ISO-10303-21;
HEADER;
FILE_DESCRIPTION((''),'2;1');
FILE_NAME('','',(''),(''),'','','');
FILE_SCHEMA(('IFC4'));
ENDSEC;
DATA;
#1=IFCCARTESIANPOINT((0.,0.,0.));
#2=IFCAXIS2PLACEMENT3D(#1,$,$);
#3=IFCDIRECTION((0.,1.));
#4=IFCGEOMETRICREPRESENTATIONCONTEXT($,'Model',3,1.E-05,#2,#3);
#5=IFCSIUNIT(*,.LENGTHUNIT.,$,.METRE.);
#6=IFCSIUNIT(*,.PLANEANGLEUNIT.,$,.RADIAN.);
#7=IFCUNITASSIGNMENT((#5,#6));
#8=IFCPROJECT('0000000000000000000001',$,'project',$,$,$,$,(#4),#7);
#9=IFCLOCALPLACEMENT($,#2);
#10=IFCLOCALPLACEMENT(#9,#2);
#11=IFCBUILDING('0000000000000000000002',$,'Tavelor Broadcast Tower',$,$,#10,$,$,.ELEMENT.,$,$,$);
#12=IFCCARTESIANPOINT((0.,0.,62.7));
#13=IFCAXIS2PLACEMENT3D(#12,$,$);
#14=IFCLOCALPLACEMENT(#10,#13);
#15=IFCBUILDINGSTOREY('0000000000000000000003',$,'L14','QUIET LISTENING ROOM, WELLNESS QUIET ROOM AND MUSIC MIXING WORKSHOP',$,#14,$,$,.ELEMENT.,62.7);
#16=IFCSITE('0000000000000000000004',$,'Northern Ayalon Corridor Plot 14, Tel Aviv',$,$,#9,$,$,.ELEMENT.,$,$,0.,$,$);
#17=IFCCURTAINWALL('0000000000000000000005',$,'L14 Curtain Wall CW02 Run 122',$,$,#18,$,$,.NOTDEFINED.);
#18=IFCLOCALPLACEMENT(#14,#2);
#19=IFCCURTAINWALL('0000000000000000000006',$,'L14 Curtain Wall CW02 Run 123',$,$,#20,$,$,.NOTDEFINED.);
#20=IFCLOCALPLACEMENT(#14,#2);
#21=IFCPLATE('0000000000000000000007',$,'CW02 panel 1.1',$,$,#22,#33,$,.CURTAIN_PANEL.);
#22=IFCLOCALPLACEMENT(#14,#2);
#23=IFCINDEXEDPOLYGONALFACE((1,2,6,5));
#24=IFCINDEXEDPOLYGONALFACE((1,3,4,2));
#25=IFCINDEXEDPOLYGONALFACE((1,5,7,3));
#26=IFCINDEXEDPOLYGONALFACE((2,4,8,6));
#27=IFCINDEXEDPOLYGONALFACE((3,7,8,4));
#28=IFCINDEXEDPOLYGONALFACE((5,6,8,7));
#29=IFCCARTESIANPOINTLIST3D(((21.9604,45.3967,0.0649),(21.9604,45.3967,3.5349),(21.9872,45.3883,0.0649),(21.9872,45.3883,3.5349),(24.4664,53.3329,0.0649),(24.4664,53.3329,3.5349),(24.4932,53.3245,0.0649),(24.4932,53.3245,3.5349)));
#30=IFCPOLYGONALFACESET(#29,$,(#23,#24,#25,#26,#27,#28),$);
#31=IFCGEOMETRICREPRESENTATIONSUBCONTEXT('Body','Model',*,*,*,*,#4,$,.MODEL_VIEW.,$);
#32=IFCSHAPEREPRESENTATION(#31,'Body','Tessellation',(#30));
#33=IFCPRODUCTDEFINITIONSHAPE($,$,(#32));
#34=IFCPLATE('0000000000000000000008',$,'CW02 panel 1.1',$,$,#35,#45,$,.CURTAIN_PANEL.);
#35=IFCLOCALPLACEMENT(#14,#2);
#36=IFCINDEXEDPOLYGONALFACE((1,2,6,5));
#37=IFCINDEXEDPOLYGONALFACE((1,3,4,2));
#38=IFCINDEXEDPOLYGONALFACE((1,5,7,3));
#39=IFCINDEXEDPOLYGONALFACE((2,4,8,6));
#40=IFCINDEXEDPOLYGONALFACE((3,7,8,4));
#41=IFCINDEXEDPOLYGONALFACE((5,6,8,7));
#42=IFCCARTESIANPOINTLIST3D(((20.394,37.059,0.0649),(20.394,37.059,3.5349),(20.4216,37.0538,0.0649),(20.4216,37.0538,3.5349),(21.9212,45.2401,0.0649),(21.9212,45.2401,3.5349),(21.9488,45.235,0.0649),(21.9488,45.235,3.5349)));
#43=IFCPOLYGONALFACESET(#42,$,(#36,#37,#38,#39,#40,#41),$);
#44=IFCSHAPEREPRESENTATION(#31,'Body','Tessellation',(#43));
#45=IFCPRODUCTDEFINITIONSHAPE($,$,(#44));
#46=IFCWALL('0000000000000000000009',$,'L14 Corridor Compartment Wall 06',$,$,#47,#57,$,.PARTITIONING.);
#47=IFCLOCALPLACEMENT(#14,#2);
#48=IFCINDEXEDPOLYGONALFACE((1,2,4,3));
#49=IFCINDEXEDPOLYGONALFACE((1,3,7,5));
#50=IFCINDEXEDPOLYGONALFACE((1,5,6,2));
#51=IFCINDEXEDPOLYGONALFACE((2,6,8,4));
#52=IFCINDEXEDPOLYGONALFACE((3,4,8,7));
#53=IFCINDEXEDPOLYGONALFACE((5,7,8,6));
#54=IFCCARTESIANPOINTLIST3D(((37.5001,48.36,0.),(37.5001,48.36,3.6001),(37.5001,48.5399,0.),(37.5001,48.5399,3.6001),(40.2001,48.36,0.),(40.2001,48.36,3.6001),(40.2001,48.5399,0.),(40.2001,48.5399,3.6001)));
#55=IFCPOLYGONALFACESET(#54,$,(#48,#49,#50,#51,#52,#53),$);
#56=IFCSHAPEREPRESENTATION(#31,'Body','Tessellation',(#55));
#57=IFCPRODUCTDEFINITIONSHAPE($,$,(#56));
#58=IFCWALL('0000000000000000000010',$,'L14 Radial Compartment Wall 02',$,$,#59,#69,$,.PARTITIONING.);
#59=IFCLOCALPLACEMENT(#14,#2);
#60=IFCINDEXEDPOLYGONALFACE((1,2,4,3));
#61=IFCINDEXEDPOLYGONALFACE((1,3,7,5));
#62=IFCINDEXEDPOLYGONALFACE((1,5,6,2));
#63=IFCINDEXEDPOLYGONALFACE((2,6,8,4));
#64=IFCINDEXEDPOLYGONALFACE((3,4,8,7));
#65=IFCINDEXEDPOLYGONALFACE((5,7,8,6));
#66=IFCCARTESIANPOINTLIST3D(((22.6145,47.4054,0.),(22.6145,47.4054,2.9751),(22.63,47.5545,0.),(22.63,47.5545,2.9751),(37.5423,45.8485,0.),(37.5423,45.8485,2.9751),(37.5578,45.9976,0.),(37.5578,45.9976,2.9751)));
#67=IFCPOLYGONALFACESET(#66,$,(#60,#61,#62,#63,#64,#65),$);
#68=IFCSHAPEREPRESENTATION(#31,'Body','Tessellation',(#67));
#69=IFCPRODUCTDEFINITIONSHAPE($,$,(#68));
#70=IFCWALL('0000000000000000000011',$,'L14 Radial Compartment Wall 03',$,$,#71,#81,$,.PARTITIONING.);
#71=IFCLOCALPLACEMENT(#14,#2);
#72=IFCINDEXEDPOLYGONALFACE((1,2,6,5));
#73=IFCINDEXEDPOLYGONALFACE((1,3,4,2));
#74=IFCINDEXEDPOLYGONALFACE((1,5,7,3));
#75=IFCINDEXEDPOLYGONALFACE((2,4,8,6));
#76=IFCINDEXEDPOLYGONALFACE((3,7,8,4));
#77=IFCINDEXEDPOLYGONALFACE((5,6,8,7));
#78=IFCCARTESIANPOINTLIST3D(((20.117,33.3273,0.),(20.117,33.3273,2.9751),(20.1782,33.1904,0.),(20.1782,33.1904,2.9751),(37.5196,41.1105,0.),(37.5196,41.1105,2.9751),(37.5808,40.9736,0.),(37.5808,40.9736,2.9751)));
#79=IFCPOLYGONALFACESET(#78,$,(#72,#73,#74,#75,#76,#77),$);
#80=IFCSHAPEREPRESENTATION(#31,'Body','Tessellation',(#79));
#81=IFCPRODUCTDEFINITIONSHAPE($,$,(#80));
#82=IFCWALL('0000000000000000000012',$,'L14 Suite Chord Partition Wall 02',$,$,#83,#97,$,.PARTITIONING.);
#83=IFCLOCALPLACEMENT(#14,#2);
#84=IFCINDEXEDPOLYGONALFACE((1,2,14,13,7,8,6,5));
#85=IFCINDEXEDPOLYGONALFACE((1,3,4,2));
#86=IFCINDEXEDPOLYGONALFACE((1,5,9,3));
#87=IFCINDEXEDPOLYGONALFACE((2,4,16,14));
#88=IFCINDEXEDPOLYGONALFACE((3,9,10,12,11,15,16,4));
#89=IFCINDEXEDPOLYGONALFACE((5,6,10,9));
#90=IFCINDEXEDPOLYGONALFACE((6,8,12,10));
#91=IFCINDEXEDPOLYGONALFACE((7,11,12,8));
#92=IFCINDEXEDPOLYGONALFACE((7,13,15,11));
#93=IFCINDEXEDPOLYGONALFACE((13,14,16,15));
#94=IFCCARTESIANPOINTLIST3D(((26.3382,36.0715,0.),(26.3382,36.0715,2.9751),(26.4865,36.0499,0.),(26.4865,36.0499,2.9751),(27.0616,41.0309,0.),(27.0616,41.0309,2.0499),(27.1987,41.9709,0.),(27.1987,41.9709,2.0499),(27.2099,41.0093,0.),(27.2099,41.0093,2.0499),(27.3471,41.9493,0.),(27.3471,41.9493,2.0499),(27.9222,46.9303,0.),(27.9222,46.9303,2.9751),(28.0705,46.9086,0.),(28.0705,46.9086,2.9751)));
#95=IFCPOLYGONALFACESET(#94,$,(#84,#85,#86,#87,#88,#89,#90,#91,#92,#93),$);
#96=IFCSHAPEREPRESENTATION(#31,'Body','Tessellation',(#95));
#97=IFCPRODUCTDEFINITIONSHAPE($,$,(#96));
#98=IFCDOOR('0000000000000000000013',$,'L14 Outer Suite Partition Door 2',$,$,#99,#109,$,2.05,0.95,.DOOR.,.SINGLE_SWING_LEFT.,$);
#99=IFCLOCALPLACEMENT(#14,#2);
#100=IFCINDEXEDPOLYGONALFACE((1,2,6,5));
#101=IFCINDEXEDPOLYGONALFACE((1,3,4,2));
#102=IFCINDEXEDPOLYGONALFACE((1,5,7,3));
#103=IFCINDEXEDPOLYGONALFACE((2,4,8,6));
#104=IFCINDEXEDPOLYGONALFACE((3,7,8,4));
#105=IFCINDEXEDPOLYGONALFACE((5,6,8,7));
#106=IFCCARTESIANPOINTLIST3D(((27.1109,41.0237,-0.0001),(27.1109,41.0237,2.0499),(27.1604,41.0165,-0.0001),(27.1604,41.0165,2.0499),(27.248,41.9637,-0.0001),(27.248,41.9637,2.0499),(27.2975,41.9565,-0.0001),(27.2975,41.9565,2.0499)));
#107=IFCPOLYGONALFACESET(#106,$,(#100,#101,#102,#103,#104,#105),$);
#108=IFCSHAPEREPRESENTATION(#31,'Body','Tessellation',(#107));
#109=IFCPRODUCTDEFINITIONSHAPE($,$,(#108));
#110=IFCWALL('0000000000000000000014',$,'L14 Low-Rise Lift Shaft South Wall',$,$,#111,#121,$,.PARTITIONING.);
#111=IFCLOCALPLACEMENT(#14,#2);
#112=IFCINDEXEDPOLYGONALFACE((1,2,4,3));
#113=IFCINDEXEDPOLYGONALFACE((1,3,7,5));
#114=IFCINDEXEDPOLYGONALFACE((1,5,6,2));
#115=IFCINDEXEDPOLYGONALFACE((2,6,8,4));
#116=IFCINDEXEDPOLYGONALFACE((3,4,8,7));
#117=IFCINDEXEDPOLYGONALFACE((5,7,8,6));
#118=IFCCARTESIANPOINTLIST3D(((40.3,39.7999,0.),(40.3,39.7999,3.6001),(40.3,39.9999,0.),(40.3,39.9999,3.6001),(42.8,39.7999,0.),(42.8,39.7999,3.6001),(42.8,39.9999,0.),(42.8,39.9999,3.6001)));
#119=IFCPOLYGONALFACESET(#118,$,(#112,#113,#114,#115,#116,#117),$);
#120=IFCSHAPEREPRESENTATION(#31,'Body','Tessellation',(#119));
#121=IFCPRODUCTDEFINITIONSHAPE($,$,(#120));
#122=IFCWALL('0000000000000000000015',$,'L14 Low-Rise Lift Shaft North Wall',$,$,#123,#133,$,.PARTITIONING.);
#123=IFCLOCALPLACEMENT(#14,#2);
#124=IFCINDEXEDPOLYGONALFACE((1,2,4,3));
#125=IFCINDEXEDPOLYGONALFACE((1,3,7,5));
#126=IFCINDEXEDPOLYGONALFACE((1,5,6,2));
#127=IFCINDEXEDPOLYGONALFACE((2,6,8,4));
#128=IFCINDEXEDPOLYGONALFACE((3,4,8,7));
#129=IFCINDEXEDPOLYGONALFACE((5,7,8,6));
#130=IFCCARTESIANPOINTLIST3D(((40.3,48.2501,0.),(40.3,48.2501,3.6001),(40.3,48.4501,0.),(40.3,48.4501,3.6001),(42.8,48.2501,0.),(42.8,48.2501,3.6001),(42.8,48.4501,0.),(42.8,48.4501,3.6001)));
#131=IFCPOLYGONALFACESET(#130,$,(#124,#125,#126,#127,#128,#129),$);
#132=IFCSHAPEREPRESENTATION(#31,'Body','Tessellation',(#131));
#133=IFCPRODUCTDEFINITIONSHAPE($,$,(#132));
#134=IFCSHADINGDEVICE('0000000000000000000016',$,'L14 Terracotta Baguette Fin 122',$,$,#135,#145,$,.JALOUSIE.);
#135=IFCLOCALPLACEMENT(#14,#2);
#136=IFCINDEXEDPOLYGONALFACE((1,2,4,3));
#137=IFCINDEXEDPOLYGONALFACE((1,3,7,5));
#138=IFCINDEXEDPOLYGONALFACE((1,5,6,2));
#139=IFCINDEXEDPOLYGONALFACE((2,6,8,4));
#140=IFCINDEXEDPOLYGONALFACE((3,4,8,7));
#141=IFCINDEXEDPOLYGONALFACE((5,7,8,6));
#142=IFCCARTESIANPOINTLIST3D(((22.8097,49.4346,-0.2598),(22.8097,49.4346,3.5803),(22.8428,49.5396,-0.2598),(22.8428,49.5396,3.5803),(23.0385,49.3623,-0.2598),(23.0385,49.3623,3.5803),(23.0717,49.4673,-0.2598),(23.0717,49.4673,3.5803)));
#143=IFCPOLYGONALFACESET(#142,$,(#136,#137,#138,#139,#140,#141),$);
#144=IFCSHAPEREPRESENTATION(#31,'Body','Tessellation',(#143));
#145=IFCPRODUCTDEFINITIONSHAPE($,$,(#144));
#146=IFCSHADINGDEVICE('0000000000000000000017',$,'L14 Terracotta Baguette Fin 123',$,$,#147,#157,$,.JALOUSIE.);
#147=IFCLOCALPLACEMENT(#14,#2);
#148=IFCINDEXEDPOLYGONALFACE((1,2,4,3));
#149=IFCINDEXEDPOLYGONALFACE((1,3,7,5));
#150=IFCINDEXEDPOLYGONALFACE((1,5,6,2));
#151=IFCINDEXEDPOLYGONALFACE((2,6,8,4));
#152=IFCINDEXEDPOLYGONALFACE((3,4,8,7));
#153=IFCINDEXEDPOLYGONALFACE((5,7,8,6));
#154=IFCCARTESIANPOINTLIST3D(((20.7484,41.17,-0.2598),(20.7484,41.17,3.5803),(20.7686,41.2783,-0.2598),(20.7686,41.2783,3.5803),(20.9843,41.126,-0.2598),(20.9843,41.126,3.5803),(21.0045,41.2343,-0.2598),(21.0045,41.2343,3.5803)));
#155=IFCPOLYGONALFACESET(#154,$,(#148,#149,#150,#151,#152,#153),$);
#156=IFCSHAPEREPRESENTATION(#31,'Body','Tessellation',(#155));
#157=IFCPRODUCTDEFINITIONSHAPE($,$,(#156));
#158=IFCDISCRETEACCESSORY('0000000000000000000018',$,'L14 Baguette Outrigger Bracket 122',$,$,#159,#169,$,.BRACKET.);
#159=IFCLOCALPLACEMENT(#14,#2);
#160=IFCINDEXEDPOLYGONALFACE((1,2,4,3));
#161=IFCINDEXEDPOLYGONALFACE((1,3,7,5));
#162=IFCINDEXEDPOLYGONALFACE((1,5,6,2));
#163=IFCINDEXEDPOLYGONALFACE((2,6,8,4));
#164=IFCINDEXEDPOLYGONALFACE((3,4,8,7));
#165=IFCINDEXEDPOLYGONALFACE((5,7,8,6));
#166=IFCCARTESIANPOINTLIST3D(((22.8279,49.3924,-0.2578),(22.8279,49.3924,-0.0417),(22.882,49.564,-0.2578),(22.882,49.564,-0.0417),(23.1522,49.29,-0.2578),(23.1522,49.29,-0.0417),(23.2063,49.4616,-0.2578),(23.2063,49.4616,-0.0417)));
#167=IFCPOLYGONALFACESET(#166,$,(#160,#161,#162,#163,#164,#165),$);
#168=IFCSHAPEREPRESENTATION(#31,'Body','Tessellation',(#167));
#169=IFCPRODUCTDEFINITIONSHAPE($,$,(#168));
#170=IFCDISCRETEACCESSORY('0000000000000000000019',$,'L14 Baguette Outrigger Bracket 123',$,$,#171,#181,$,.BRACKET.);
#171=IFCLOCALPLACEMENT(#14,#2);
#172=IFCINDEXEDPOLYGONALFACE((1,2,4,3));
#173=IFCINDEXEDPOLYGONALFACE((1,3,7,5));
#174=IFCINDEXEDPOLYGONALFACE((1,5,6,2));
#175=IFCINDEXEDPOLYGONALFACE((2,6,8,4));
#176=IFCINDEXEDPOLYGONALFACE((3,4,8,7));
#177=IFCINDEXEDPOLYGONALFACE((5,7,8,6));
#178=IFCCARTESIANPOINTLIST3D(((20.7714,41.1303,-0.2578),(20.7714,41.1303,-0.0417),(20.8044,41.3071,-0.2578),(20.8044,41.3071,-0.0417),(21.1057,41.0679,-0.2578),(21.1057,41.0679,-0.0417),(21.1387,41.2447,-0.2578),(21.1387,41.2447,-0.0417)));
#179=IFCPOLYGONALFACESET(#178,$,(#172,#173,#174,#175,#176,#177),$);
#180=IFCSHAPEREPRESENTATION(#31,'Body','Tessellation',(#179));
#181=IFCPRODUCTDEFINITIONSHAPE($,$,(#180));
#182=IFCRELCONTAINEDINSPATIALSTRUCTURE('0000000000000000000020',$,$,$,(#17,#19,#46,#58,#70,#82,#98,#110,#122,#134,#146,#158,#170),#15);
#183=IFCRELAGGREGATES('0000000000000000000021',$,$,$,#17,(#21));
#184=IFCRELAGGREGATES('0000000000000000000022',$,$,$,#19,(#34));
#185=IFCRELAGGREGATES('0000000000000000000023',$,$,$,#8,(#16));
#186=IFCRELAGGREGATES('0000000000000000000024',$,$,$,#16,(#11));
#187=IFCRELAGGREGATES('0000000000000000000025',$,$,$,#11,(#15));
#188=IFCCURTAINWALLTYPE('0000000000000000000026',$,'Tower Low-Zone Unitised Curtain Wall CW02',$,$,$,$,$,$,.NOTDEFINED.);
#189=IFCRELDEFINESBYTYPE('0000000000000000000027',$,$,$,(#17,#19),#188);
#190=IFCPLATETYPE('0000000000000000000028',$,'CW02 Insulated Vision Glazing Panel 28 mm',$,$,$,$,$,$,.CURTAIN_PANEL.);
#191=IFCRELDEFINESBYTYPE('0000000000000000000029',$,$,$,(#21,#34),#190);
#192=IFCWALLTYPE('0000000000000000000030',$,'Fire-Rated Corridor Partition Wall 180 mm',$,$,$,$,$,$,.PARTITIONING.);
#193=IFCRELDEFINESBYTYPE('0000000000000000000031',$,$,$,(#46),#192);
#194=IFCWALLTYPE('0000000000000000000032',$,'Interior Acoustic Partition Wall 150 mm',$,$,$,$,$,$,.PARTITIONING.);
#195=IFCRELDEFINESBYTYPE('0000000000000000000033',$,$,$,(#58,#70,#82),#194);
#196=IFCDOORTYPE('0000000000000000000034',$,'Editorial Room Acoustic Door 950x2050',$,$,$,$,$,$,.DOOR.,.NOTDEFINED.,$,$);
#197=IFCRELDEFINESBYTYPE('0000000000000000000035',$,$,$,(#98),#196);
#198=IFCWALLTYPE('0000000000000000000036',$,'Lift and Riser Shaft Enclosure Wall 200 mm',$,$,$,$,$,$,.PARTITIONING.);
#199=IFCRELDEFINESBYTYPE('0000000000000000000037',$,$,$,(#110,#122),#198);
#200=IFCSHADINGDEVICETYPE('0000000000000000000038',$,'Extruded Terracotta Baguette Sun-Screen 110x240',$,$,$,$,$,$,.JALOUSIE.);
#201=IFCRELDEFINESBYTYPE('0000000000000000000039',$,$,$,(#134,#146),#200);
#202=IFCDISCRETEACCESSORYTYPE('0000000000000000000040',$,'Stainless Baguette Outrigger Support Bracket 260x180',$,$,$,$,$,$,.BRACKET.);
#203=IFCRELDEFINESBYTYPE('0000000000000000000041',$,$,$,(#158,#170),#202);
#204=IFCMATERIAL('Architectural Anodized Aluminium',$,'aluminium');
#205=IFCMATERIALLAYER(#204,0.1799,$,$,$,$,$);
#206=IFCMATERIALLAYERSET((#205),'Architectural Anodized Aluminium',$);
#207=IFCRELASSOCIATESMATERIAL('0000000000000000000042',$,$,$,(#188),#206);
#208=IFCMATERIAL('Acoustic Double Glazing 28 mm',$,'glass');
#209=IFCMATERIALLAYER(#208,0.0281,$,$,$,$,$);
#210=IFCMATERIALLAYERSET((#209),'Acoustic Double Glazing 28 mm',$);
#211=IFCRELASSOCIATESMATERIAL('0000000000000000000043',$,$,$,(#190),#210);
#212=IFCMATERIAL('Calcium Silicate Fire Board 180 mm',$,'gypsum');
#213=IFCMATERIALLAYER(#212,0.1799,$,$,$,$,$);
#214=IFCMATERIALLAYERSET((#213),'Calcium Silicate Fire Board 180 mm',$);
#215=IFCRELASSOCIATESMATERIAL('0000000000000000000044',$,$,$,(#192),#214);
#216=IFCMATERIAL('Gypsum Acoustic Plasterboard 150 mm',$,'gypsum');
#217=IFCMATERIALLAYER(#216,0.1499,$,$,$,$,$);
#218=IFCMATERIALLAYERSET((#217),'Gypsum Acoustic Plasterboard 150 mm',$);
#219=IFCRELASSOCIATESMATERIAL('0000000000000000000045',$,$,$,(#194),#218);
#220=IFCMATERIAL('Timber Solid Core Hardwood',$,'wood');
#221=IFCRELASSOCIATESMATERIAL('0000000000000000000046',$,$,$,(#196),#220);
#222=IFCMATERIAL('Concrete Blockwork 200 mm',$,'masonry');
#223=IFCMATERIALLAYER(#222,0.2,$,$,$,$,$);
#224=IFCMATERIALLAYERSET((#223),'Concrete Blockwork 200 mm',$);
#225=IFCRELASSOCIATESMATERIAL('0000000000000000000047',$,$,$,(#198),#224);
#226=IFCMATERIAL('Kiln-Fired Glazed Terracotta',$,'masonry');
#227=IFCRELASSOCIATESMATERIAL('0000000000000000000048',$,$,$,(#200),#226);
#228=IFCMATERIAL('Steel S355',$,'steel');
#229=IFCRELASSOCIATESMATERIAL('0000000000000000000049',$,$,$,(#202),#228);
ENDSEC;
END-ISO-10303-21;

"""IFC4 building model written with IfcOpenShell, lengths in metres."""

from ifc_helpers import new_model, si_unit, direction, frame, frame_2d, origin, origin_2d, place, context, subcontext, project, spatial, rectangle, extrude, source, transform, mapped, material, layer, layer_set, type_object, type_shapes, element, fill, aggregate, save


model = new_model("IFC4")

# Units and contexts
model_context = context("Model", 3, precision=1e-05, world=origin(), true_north=direction((0.0, 1.0)))
body_context = subcontext(model_context, "Body", "Model", "MODEL_VIEW")
ifc_project = project(units=[si_unit("LENGTHUNIT", "METRE"), si_unit("PLANEANGLEUNIT", "RADIAN")], contexts=[model_context])

# Site, building, storey
site_placement = place(None, origin())
site = spatial("IfcSite", under=ifc_project, at=site_placement, Name="Northern Ayalon Corridor Plot 14, Tel Aviv", CompositionType="ELEMENT", RefElevation=0.0)
building_placement = place(site_placement, origin())
building = spatial("IfcBuilding", under=site, at=building_placement, Name="Tavelor Broadcast Tower", CompositionType="ELEMENT")
storey_placement = place(building_placement, frame((0.0, 0.0, 62.7)))
storey = spatial("IfcBuildingStorey", under=building, at=storey_placement, Name="L14", Description="QUIET LISTENING ROOM, WELLNESS QUIET ROOM AND MUSIC MIXING WORKSHOP", CompositionType="ELEMENT", Elevation=62.7)

# Shared definitions
ifc_material_1 = material(Name="Steel S355", Category="steel")

# Curtain wall
ifc_material_2 = material(Name="Architectural Anodized Aluminium", Category="aluminium")
ifc_layer_1 = layer(ifc_material_2, 0.1799)
ifc_layer_set_1 = layer_set([ifc_layer_1], Name="Architectural Anodized Aluminium")
curtain_wall_type = type_object("IfcCurtainWallType", Name="Tower Low-Zone Unitised Curtain Wall CW02", PredefinedType="NOTDEFINED", material=ifc_layer_set_1)
curtain_wall_1_placement = place(storey_placement, origin())
curtain_wall_1 = element("IfcCurtainWall", 1, at=curtain_wall_1_placement, inside=storey, type_object=curtain_wall_type, Name="L14 Curtain Wall CW02 Run 122", PredefinedType="NOTDEFINED")

# Curtain wall
curtain_wall_2_placement = place(storey_placement, origin())
curtain_wall_2 = element("IfcCurtainWall", 2, at=curtain_wall_2_placement, inside=storey, type_object=curtain_wall_type, Name="L14 Curtain Wall CW02 Run 123", PredefinedType="NOTDEFINED")

# Plates
ifc_material_3 = material(Name="Acoustic Double Glazing 28 mm", Category="glass")
ifc_layer_2 = layer(ifc_material_3, 0.0281)
ifc_layer_set_2 = layer_set([ifc_layer_2], Name="Acoustic Double Glazing 28 mm")
plate_type_1 = type_object("IfcPlateType", Name="CW02 Insulated Vision Glazing Panel 28 mm", PredefinedType="CURTAIN_PANEL", material=ifc_layer_set_2)
shared_shape_1 = source(origin(), body_context, "Body", "SweptSolid", [
    extrude(rectangle(XDim=8.3225, YDim=0.0281, at=origin_2d()), origin(), (0.0, 0.0, 1.0), 3.47),
])
type_shapes(plate_type_1, [shared_shape_1])
plate_1_placement = place(storey_placement, frame((23.2268, 49.3606, 0.0649), z_axis=(0.0, 0.0, 1.0), x_axis=(-0.301118, -0.953587, 0.0)))
plate_1 = element("IfcPlate", 3, at=plate_1_placement, type_object=plate_type_1, Name="CW02 panel 1.1", PredefinedType="CURTAIN_PANEL", context=body_context, shape_type="MappedRepresentation", body=[
    mapped(shared_shape_1, transform((0.0, 0.0, 0.0), scale=1.0)),
])
aggregate(curtain_wall_1, [plate_1])
plate_2_placement = place(storey_placement, frame((21.1714, 41.147, 0.0649), z_axis=(0.0, 0.0, 1.0), x_axis=(-0.183507, -0.983018, 0.0)))
plate_2 = element("IfcPlate", 4, at=plate_2_placement, type_object=plate_type_1, Name="CW02 panel 1.1", PredefinedType="CURTAIN_PANEL", context=body_context, shape_type="MappedRepresentation", body=[
    mapped(shared_shape_1, transform((0.0, 0.0, 0.0), scale=1.0)),
])
aggregate(curtain_wall_2, [plate_2])

# Walls
ifc_material_4 = material(Name="Calcium Silicate Fire Board 180 mm", Category="gypsum")
ifc_layer_3 = layer(ifc_material_4, 0.1799)
ifc_layer_set_3 = layer_set([ifc_layer_3], Name="Calcium Silicate Fire Board 180 mm")
wall_type_1 = type_object("IfcWallType", Name="Fire-Rated Corridor Partition Wall 180 mm", PredefinedType="PARTITIONING", material=ifc_layer_set_3)
wall_1_placement = place(storey_placement, frame((37.5, 48.45, 0.0), z_axis=(0.0, 0.0, 1.0), x_axis=(1.0, 0.0, 0.0)))
element("IfcWall", 5, at=wall_1_placement, inside=storey, type_object=wall_type_1, Name="L14 Corridor Compartment Wall 06", PredefinedType="PARTITIONING", context=body_context, shape_type="SweptSolid", body=[
    extrude(rectangle(XDim=2.7, YDim=0.1799, at=frame_2d((1.3501, 0.0))), origin(), (0.0, 0.0, 1.0), 3.6001),
])
ifc_material_5 = material(Name="Gypsum Acoustic Plasterboard 150 mm", Category="gypsum")
ifc_layer_4 = layer(ifc_material_5, 0.1499)
ifc_layer_set_4 = layer_set([ifc_layer_4], Name="Gypsum Acoustic Plasterboard 150 mm")
wall_type_2 = type_object("IfcWallType", Name="Interior Acoustic Partition Wall 150 mm", PredefinedType="PARTITIONING", material=ifc_layer_set_4)
wall_2_placement = place(storey_placement, frame((37.55, 45.9231, 0.0), z_axis=(0.0, 0.0, 1.0), x_axis=(-0.994605, 0.103732, 0.0)))
element("IfcWall", 6, at=wall_2_placement, inside=storey, type_object=wall_type_2, Name="L14 Radial Compartment Wall 02", PredefinedType="PARTITIONING", context=body_context, shape_type="SweptSolid", body=[
    extrude(rectangle(XDim=15.0088, YDim=0.1499, at=frame_2d((7.5044, 0.0))), origin(), (0.0, 0.0, 1.0), 2.9751),
])
wall_3_placement = place(storey_placement, frame((37.55, 41.042, 0.0), z_axis=(0.0, 0.0, 1.0), x_axis=(-0.912861, -0.408271, 0.0)))
element("IfcWall", 7, at=wall_3_placement, inside=storey, type_object=wall_type_2, Name="L14 Radial Compartment Wall 03", PredefinedType="PARTITIONING", context=body_context, shape_type="SweptSolid", body=[
    extrude(rectangle(XDim=19.0637, YDim=0.1499, at=frame_2d((9.5317, 0.0))), origin(), (0.0, 0.0, 1.0), 2.9751),
])

# Wall, opening, door
wall_4_placement = place(storey_placement, frame((27.9963, 46.9194, 0.0), z_axis=(0.0, 0.0, 1.0), x_axis=(-0.144345, -0.989527, 0.0)))
wall_4 = element("IfcWall", 8, at=wall_4_placement, inside=storey, type_object=wall_type_2, Name="L14 Suite Chord Partition Wall 02", PredefinedType="PARTITIONING", context=body_context, shape_type="SweptSolid", body=[
    extrude(rectangle(XDim=10.9736, YDim=0.1499, at=frame_2d((5.4868, 0.0))), origin(), (0.0, 0.0, 1.0), 2.9751),
])
opening_1_placement = place(wall_4_placement, frame((5.0117, 0.0, 0.0)))
opening_1 = element("IfcOpeningElement", 9, at=opening_1_placement, cuts=wall_4, PredefinedType="OPENING", context=body_context, shape_type="SweptSolid", body=[
    extrude(rectangle(XDim=0.95, YDim=2.05, at=frame_2d((0.4751, 1.0249))), frame((0.0, 0.085, 0.0), z_axis=(0.0, -1.0, 0.0), x_axis=(1.0, 0.0, 0.0)), (0.0, 0.0, 1.0), 0.1699),
])
ifc_material_6 = material(Name="Timber Solid Core Hardwood", Category="wood")
door_type_1 = type_object("IfcDoorType", Name="Editorial Room Acoustic Door 950x2050", OperationType="NOTDEFINED", PredefinedType="DOOR", material=ifc_material_6)
door_1_placement = place(opening_1_placement, origin())
door_1 = element("IfcDoor", 10, at=door_1_placement, inside=storey, type_object=door_type_1, Name="L14 Outer Suite Partition Door 2", OperationType="SINGLE_SWING_LEFT", OverallHeight=2.05, OverallWidth=0.95, PredefinedType="DOOR", context=body_context, shape_type="SweptSolid", body=[
    extrude(rectangle(XDim=0.95, YDim=2.05, at=frame_2d((0.4751, 1.0249))), frame((0.0, 0.0249, 0.0), z_axis=(0.0, -1.0, 0.0), x_axis=(1.0, 0.0, 0.0)), (0.0, 0.0, 1.0), 0.05),
])
fill(opening_1, door_1)

# Shared definitions
ifc_material_7 = material(Name="Concrete Blockwork 200 mm", Category="masonry")

# Walls
ifc_layer_5 = layer(ifc_material_7, 0.2)
ifc_layer_set_5 = layer_set([ifc_layer_5], Name="Concrete Blockwork 200 mm")
wall_type_3 = type_object("IfcWallType", Name="Lift and Riser Shaft Enclosure Wall 200 mm", PredefinedType="PARTITIONING", material=ifc_layer_set_5)
for number, where, z_axis, x_axis, name in (
    (11, (40.3, 39.8999, 0.0), (0.0, 0.0, 1.0), (1.0, 0.0, 0.0), "L14 Low-Rise Lift Shaft South Wall"),
    (12, (40.3, 48.3501, 0.0), (0.0, 0.0, 1.0), (1.0, 0.0, 0.0), "L14 Low-Rise Lift Shaft North Wall"),
):
    element("IfcWall", number, at=place(storey_placement, frame(where, z_axis=z_axis, x_axis=x_axis)), inside=storey, type_object=wall_type_3, Name=name, PredefinedType="PARTITIONING", context=body_context, shape_type="SweptSolid", body=[
        extrude(rectangle(XDim=2.5, YDim=0.2, at=frame_2d((1.25, 0.0))), origin(), (0.0, 0.0, 1.0), 3.6001),
    ])

# Shading devices
ifc_material_8 = material(Name="Kiln-Fired Glazed Terracotta", Category="masonry")
shading_device_type = type_object("IfcShadingDeviceType", Name="Extruded Terracotta Baguette Sun-Screen 110x240", PredefinedType="JALOUSIE", material=ifc_material_8)
shared_shape_2 = source(origin(), body_context, "Body", "SweptSolid", [
    extrude(rectangle(XDim=0.1101, YDim=0.24, at=origin_2d()), origin(), (0.0, 0.0, 1.0), 3.8401),
])
type_shapes(shading_device_type, [shared_shape_2])
for number, where, z_axis, x_axis, name in (
    (13, (22.9407, 49.4509, -0.2598), (0.0, 0.0, 1.0), (-0.301039, -0.953612, 0.0), "L14 Terracotta Baguette Fin 122"),
    (14, (20.8765, 41.2021, -0.2598), (0.0, 0.0, 1.0), (-0.183437, -0.983032, 0.0), "L14 Terracotta Baguette Fin 123"),
):
    element("IfcShadingDevice", number, at=place(storey_placement, frame(where, z_axis=z_axis, x_axis=x_axis)), inside=storey, type_object=shading_device_type, Name=name, PredefinedType="JALOUSIE", context=body_context, shape_type="MappedRepresentation", body=[
        mapped(shared_shape_2, transform((0.0, 0.0, 0.0), scale=1.0)),
    ])

# Discrete accessories
discrete_accessory_type = type_object("IfcDiscreteAccessoryType", Name="Stainless Baguette Outrigger Support Bracket 260x180", PredefinedType="BRACKET", material=ifc_material_1)
shared_shape_3 = source(origin(), body_context, "Body", "SweptSolid", [
    extrude(rectangle(XDim=0.1799, YDim=0.3401, at=origin_2d()), origin(), (0.0, 0.0, 1.0), 0.2161),
])
type_shapes(discrete_accessory_type, [shared_shape_3])
for number, where, z_axis, x_axis, name in (
    (15, (23.0171, 49.427, -0.2578), (0.0, 0.0, 1.0), (-0.301039, -0.953612, 0.0), "L14 Baguette Outrigger Bracket 122"),
    (16, (20.9551, 41.1875, -0.2578), (0.0, 0.0, 1.0), (-0.183437, -0.983032, 0.0), "L14 Baguette Outrigger Bracket 123"),
):
    element("IfcDiscreteAccessory", number, at=place(storey_placement, frame(where, z_axis=z_axis, x_axis=x_axis)), inside=storey, type_object=discrete_accessory_type, Name=name, PredefinedType="BRACKET", context=body_context, shape_type="MappedRepresentation", body=[
        mapped(shared_shape_3, transform((0.0, 0.0, 0.0), scale=1.0)),
    ])

save(model, "model.ifc")
